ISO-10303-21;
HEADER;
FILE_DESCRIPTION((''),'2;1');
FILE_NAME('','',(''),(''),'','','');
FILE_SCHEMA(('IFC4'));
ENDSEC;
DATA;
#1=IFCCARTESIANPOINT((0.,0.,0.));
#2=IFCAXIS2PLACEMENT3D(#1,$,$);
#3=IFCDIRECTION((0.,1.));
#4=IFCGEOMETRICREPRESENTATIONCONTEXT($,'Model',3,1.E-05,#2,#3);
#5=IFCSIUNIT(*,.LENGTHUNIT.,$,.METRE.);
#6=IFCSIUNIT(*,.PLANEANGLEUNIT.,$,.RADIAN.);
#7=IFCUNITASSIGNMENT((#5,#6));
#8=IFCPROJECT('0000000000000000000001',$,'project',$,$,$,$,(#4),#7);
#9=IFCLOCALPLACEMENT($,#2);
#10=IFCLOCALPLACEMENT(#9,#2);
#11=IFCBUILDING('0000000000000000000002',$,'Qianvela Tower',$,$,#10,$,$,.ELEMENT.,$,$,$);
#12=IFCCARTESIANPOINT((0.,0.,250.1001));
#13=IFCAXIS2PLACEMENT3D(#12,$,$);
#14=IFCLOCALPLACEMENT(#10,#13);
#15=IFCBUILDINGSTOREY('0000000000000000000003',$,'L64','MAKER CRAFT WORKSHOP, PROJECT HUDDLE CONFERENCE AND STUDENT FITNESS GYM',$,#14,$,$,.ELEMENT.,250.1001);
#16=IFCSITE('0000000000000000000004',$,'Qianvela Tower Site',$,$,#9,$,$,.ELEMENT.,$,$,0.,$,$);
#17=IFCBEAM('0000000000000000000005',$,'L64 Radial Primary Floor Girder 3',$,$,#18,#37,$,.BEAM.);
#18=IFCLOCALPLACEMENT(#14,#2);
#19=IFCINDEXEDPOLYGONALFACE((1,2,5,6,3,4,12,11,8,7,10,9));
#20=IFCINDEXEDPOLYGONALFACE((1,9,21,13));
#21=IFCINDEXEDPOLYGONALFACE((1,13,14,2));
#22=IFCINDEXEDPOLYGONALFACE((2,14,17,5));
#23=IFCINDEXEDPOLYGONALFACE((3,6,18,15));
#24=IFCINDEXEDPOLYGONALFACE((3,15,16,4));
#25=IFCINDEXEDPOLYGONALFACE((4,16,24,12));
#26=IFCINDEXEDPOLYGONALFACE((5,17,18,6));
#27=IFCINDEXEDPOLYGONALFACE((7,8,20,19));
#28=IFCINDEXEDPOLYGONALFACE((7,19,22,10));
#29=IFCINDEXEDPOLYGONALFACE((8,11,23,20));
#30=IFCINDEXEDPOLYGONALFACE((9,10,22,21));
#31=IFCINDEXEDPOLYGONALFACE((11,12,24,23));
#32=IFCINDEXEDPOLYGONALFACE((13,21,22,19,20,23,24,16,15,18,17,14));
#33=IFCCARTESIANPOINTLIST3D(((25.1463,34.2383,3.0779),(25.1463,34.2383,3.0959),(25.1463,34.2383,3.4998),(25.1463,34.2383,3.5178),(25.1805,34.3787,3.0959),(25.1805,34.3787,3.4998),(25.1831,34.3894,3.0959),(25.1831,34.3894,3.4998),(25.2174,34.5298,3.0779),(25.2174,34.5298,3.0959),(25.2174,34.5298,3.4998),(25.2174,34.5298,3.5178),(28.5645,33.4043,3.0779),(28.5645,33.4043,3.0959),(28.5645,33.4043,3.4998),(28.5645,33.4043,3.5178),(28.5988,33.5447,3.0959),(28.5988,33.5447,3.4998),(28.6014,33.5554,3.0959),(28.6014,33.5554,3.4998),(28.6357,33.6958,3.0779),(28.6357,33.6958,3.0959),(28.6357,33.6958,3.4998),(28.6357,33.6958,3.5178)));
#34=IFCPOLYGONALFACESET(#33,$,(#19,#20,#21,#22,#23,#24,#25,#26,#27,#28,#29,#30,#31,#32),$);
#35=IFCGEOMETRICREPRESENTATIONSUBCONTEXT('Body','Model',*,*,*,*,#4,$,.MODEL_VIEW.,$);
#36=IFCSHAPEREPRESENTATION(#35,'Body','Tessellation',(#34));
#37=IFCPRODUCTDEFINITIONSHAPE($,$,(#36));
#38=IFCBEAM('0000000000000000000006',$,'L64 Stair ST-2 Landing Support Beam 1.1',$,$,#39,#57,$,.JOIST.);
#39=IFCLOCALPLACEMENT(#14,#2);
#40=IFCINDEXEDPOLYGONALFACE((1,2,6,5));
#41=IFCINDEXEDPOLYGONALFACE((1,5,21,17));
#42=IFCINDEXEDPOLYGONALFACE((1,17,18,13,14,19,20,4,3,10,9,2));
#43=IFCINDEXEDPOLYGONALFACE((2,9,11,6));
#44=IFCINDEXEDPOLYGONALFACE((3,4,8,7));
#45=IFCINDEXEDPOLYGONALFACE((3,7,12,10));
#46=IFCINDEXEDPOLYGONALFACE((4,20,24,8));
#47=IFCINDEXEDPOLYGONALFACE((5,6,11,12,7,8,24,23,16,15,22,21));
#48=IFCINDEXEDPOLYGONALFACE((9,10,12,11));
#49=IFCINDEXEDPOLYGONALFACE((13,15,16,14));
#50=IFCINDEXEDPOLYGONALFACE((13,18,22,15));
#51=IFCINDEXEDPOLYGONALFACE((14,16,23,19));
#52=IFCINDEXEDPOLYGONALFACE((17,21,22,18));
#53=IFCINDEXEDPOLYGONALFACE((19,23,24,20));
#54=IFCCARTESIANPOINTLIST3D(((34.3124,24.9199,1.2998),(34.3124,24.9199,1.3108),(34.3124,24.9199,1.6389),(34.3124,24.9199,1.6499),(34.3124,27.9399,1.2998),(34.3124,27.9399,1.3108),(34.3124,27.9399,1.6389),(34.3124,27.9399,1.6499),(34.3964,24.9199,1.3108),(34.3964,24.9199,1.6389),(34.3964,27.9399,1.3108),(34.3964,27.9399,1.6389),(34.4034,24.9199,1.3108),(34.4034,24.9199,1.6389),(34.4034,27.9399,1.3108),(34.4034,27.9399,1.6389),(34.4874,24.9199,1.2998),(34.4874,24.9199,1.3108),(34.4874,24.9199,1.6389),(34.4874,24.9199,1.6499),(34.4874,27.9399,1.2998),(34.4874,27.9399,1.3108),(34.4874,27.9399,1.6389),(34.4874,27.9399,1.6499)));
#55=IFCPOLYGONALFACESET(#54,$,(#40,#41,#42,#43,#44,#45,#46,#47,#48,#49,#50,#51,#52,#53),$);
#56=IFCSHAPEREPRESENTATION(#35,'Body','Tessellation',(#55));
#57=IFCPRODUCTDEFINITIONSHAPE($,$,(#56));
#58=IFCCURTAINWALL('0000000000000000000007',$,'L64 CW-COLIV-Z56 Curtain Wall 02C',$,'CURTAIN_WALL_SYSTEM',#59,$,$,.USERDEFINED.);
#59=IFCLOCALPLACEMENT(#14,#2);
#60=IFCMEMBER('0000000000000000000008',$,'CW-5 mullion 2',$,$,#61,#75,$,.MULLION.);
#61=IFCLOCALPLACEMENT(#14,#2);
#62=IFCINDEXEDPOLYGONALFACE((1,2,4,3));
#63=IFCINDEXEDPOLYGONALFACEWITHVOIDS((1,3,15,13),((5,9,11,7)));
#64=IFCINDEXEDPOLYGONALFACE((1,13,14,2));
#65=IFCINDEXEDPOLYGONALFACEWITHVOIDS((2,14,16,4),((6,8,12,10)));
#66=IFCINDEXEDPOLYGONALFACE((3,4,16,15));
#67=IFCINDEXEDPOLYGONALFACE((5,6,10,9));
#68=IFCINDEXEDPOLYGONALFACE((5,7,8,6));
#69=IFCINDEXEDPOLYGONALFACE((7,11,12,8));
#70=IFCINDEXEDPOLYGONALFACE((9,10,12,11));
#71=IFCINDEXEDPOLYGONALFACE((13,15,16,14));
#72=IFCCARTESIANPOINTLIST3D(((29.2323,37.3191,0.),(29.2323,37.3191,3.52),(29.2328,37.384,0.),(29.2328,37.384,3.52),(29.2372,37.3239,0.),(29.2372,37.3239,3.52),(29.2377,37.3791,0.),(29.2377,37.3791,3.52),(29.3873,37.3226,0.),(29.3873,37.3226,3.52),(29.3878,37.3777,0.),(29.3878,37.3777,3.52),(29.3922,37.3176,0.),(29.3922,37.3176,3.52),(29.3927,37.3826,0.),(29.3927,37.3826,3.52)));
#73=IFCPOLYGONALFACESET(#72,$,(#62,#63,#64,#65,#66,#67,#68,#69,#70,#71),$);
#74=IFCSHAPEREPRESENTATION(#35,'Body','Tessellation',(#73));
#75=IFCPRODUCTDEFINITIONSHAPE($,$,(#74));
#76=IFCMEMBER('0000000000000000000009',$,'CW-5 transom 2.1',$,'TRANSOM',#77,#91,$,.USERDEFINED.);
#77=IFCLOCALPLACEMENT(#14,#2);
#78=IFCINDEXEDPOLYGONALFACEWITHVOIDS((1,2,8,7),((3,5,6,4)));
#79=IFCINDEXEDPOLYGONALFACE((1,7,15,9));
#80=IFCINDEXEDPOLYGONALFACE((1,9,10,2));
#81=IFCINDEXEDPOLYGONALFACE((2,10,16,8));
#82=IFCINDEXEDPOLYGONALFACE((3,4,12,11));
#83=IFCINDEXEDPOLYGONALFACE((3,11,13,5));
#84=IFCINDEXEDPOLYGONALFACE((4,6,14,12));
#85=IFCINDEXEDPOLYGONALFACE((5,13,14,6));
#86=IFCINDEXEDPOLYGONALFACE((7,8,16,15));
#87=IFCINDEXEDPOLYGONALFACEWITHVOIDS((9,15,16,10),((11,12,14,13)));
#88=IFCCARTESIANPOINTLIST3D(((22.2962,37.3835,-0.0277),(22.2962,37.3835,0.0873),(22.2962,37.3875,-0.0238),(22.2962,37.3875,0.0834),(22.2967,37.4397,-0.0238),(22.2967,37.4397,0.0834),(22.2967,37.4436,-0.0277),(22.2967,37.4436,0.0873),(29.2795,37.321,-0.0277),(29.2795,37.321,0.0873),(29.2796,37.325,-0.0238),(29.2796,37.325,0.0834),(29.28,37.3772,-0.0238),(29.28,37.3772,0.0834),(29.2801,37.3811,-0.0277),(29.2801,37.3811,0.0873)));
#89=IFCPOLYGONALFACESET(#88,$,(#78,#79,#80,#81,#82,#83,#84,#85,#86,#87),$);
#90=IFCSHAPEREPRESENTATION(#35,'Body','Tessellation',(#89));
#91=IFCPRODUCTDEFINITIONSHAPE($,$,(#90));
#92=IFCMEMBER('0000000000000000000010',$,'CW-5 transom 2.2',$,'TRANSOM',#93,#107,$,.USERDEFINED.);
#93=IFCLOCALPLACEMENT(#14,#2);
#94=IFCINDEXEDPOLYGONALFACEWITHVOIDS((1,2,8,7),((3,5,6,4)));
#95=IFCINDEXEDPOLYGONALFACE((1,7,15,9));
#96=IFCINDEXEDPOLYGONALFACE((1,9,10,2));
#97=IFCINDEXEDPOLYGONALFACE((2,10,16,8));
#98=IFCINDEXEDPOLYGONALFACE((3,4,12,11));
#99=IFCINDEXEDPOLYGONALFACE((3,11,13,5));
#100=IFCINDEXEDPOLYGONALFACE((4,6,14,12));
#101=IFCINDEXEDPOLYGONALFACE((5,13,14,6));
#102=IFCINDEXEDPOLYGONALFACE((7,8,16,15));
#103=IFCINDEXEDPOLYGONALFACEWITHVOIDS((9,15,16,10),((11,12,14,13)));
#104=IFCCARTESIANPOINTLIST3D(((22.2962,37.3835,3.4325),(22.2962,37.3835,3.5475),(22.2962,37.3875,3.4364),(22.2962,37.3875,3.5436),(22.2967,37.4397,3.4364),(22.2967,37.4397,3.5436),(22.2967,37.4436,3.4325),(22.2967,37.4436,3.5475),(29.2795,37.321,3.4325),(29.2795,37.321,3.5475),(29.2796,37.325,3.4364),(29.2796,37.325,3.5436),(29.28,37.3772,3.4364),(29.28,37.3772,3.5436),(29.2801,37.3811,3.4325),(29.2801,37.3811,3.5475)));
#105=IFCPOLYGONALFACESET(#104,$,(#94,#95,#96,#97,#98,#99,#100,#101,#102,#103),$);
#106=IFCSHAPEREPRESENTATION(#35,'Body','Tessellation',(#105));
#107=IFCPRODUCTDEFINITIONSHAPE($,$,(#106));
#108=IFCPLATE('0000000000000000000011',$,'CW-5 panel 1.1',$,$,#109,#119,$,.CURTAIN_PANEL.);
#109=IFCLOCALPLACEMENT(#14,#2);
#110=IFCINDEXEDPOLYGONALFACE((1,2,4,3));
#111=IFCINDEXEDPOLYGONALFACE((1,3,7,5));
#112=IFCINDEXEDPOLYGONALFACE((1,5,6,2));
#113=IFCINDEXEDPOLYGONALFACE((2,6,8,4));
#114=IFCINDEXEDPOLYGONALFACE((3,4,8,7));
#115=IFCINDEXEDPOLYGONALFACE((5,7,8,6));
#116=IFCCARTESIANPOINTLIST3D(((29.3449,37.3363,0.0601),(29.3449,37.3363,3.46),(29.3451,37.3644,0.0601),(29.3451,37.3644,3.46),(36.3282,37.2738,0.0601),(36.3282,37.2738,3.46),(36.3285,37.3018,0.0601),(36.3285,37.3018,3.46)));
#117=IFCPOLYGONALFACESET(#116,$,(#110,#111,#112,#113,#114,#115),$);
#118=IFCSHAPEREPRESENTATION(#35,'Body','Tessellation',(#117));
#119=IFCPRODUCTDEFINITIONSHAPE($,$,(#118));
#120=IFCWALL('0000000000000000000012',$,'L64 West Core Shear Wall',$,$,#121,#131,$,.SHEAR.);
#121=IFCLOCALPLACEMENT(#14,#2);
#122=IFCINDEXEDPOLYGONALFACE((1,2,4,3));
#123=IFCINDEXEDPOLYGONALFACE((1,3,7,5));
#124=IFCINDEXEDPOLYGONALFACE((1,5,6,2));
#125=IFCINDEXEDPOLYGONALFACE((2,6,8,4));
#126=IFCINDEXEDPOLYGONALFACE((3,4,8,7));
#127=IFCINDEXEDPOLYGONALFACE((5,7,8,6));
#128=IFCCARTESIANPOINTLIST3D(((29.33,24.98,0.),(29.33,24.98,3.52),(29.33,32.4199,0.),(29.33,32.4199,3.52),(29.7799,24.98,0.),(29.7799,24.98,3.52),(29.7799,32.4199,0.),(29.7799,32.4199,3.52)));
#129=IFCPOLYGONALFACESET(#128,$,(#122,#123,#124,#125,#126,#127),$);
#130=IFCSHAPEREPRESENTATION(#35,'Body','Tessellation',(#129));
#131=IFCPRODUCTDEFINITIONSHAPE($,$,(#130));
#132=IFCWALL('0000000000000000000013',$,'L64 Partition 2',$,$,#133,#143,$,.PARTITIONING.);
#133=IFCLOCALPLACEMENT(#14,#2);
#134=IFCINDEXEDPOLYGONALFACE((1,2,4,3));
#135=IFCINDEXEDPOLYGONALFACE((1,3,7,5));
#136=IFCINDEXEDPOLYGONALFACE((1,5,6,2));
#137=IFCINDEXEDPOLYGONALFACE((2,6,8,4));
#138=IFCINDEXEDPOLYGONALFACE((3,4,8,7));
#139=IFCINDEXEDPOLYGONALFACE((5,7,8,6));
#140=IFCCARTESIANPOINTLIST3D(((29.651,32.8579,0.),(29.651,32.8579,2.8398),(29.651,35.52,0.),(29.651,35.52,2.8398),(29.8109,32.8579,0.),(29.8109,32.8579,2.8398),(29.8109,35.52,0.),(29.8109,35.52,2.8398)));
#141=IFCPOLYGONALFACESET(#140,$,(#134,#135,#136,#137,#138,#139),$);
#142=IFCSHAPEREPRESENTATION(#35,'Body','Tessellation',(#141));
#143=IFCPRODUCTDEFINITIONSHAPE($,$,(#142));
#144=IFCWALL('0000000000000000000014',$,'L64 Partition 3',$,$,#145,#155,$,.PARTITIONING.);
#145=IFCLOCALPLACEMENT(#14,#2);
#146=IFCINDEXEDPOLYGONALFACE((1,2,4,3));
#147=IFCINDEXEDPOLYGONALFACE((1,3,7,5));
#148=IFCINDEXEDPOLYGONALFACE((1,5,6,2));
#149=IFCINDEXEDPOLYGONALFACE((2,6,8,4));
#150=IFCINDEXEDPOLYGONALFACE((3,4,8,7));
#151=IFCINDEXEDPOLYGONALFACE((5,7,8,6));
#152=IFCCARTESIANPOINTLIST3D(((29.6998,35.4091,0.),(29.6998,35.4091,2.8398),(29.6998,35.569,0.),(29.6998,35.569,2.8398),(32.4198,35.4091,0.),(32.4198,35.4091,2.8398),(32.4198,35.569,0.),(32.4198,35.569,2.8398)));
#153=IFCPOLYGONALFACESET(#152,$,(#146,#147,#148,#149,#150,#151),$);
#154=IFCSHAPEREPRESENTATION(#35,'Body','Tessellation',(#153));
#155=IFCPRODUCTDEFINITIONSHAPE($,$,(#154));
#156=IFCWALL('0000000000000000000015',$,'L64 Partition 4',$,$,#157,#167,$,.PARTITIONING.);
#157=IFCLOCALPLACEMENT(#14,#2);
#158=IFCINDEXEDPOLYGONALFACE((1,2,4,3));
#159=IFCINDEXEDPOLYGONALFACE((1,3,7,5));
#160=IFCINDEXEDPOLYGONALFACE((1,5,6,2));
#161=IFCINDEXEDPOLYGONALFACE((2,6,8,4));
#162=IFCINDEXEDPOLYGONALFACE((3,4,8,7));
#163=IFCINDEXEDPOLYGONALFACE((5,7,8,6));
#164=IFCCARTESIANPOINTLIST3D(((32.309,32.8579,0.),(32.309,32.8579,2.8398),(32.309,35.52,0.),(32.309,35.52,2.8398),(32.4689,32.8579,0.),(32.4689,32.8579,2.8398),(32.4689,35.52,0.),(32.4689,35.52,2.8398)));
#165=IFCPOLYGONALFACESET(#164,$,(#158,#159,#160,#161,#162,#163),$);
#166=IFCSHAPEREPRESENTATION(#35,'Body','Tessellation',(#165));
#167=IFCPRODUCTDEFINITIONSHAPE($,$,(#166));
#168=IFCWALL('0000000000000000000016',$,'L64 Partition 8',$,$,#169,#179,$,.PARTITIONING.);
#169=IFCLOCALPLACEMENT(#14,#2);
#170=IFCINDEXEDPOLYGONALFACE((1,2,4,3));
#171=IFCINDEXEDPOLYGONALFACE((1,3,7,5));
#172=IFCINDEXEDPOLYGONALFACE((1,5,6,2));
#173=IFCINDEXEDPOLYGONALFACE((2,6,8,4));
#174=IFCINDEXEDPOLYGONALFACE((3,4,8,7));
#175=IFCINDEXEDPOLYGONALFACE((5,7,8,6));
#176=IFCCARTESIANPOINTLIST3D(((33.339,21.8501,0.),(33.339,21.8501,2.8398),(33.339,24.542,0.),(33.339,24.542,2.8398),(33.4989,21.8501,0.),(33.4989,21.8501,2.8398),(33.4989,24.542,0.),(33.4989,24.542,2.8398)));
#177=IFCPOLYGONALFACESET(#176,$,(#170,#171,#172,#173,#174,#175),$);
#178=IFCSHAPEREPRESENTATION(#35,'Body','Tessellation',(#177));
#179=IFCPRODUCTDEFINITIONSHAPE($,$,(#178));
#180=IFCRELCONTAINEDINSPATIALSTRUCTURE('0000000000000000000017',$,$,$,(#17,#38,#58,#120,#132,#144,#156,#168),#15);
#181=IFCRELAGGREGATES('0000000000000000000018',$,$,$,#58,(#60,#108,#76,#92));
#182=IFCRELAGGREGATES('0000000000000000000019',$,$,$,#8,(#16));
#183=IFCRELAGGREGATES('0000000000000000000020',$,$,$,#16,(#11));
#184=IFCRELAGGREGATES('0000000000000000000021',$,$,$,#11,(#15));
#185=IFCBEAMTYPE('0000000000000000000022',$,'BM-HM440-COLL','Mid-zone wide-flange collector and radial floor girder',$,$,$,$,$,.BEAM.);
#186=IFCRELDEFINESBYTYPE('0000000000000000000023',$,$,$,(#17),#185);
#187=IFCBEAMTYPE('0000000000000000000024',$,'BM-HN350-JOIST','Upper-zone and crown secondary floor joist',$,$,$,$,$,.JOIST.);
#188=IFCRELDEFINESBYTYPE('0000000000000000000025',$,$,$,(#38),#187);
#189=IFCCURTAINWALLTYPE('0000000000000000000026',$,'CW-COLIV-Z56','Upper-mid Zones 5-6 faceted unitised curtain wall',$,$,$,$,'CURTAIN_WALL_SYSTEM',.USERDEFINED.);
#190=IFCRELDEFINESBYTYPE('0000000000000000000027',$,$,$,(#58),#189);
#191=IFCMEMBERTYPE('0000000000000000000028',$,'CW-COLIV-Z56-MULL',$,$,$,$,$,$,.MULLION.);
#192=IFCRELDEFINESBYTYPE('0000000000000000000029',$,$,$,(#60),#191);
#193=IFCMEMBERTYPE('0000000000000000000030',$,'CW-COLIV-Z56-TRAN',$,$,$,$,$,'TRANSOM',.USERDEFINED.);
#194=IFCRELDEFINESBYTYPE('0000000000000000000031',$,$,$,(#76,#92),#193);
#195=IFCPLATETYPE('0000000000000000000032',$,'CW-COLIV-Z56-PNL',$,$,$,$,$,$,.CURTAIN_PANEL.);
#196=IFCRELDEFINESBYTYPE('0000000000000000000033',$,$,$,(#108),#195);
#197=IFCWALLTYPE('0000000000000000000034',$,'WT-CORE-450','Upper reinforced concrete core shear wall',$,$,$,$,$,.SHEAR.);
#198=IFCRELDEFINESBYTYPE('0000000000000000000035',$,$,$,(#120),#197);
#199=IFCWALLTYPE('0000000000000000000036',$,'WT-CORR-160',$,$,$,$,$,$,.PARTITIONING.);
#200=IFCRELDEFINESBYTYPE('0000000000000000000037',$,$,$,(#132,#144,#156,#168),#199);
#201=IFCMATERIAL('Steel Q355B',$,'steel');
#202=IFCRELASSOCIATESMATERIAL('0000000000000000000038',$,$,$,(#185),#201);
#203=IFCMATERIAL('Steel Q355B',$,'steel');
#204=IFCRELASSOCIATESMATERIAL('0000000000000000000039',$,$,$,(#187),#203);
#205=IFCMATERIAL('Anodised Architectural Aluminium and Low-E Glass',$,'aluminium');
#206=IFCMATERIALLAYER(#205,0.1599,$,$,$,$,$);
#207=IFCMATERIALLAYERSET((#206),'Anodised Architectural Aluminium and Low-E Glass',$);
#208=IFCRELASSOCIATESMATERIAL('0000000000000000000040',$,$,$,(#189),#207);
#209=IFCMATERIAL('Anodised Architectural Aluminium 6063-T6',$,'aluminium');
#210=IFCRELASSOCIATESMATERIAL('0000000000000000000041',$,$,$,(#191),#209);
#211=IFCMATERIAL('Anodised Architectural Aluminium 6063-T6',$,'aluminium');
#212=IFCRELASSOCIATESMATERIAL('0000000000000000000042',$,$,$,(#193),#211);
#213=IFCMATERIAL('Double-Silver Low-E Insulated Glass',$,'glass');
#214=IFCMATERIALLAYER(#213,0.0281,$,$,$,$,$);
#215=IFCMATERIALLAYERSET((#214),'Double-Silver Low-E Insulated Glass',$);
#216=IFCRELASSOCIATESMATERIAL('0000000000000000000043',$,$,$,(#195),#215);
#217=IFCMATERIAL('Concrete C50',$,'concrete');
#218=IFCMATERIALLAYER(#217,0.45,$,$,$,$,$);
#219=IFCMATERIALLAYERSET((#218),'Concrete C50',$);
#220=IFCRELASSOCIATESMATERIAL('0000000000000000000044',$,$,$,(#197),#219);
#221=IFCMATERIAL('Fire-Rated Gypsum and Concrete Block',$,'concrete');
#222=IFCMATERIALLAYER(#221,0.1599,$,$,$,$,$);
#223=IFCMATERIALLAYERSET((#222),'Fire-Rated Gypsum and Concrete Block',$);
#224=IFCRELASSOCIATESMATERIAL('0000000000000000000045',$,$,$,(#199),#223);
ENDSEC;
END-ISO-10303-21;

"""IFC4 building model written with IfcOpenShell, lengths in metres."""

from ifc_helpers import new_model, si_unit, direction, frame, frame_2d, origin, origin_2d, place, context, subcontext, project, spatial, rectangle, hollow_rectangle, i_section, extrude, material, layer, layer_set, material_profile, profile_set, type_object, element, aggregate, save


model = new_model("IFC4")

# Units and contexts
model_context = context("Model", 3, precision=1e-05, world=origin(), true_north=direction((0.0, 1.0)))
body_context = subcontext(model_context, "Body", "Model", "MODEL_VIEW")
ifc_project = project(units=[si_unit("LENGTHUNIT", "METRE"), si_unit("PLANEANGLEUNIT", "RADIAN")], contexts=[model_context])

# Site, building, storey
site_placement = place(None, origin())
site = spatial("IfcSite", under=ifc_project, at=site_placement, Name="Qianvela Tower Site", CompositionType="ELEMENT", RefElevation=0.0)
building_placement = place(site_placement, origin())
building = spatial("IfcBuilding", under=site, at=building_placement, Name="Qianvela Tower", CompositionType="ELEMENT")
storey_placement = place(building_placement, frame((0.0, 0.0, 250.1001)))
storey = spatial("IfcBuildingStorey", under=building, at=storey_placement, Name="L64", Description="MAKER CRAFT WORKSHOP, PROJECT HUDDLE CONFERENCE AND STUDENT FITNESS GYM", CompositionType="ELEMENT", Elevation=250.1001)

# Beams
ifc_material_1 = material(Name="Steel Q355B", Category="steel")
ifc_material_profile_1 = material_profile(ifc_material_1, i_section(OverallWidth=0.3, OverallDepth=0.4399, WebThickness=0.011, FlangeThickness=0.0181, at=origin_2d()), Name="HM440x300x11x18")
ifc_profile_set_1 = profile_set([ifc_material_profile_1], Name="Steel Q355B")
beam_type_1 = type_object("IfcBeamType", Name="BM-HM440-COLL", Description="Mid-zone wide-flange collector and radial floor girder", PredefinedType="BEAM", material=ifc_profile_set_1)
beam_1_placement = place(storey_placement, frame((28.6001, 33.55, 3.2979), z_axis=(-0.971502, 0.23703, 0.0), x_axis=(-0.23703, -0.971502, 0.0)))
element("IfcBeam", 1, at=beam_1_placement, inside=storey, type_object=beam_type_1, Name="L64 Radial Primary Floor Girder 3", PredefinedType="BEAM", context=body_context, shape_type="SweptSolid", body=[
    extrude(i_section(OverallWidth=0.3, OverallDepth=0.4399, WebThickness=0.011, FlangeThickness=0.0181, at=origin_2d()), origin(), (0.0, 0.0, 1.0), 3.5186),
])
ifc_material_2 = material(Name="Steel Q355B", Category="steel")
ifc_material_profile_2 = material_profile(ifc_material_2, i_section(OverallWidth=0.175, OverallDepth=0.3501, WebThickness=0.0071, FlangeThickness=0.011, at=origin_2d()), Name="HN350x175x7x11")
ifc_profile_set_2 = profile_set([ifc_material_profile_2], Name="Steel Q355B")
beam_type_2 = type_object("IfcBeamType", Name="BM-HN350-JOIST", Description="Upper-zone and crown secondary floor joist", PredefinedType="JOIST", material=ifc_profile_set_2)
beam_2_placement = place(storey_placement, frame((34.3999, 24.9199, 1.4749), z_axis=(0.0, 1.0, 0.0), x_axis=(-1.0, 0.0, 0.0)))
element("IfcBeam", 2, at=beam_2_placement, inside=storey, type_object=beam_type_2, Name="L64 Stair ST-2 Landing Support Beam 1.1", PredefinedType="JOIST", context=body_context, shape_type="SweptSolid", body=[
    extrude(i_section(OverallWidth=0.175, OverallDepth=0.3501, WebThickness=0.0071, FlangeThickness=0.011, at=origin_2d()), origin(), (0.0, 0.0, 1.0), 3.02),
])

# Curtain wall, members, plate
ifc_material_3 = material(Name="Anodised Architectural Aluminium and Low-E Glass", Category="aluminium")
ifc_layer_1 = layer(ifc_material_3, 0.1599)
ifc_layer_set_1 = layer_set([ifc_layer_1], Name="Anodised Architectural Aluminium and Low-E Glass")
curtain_wall_type = type_object("IfcCurtainWallType", Name="CW-COLIV-Z56", Description="Upper-mid Zones 5-6 faceted unitised curtain wall", ElementType="CURTAIN_WALL_SYSTEM", PredefinedType="USERDEFINED", material=ifc_layer_set_1)
curtain_wall_placement = place(storey_placement, origin())
curtain_wall = element("IfcCurtainWall", 3, at=curtain_wall_placement, inside=storey, type_object=curtain_wall_type, Name="L64 CW-COLIV-Z56 Curtain Wall 02C", ObjectType="CURTAIN_WALL_SYSTEM", PredefinedType="USERDEFINED")
ifc_material_4 = material(Name="Anodised Architectural Aluminium 6063-T6", Category="aluminium")
ifc_material_profile_3 = material_profile(ifc_material_4, hollow_rectangle(XDim=0.0649, YDim=0.1599, WallThickness=0.0049, at=origin_2d()), Name="ALU-MULL-65x160")
ifc_profile_set_3 = profile_set([ifc_material_profile_3], Name="Anodised Architectural Aluminium 6063-T6")
member_type_1 = type_object("IfcMemberType", Name="CW-COLIV-Z56-MULL", PredefinedType="MULLION", material=ifc_profile_set_3)
member_1_placement = place(storey_placement, frame((29.3125, 37.3508, 0.0), z_axis=(0.0, 0.0, 1.0), x_axis=(-0.00896, -0.99996, 0.0)))
member_1 = element("IfcMember", 4, at=member_1_placement, type_object=member_type_1, Name="CW-5 mullion 2", PredefinedType="MULLION", context=body_context, shape_type="SweptSolid", body=[
    extrude(hollow_rectangle(XDim=0.0649, YDim=0.1599, WallThickness=0.0049, at=origin_2d()), origin(), (0.0, 0.0, 1.0), 3.52),
])
ifc_material_5 = material(Name="Anodised Architectural Aluminium 6063-T6", Category="aluminium")
ifc_material_profile_4 = material_profile(ifc_material_5, hollow_rectangle(XDim=0.0601, YDim=0.115, WallThickness=0.0039, at=origin_2d()), Name="ALU-TRAN-60x115")
ifc_profile_set_4 = profile_set([ifc_material_profile_4], Name="Anodised Architectural Aluminium 6063-T6")
member_type_2 = type_object("IfcMemberType", Name="CW-COLIV-Z56-TRAN", ElementType="TRANSOM", PredefinedType="USERDEFINED", material=ifc_profile_set_4)
member_2_placement = place(storey_placement, frame((29.2798, 37.3511, 0.0298), z_axis=(-0.99996, 0.008949, 0.0), x_axis=(-0.008949, -0.99996, 0.0)))
member_2 = element("IfcMember", 5, at=member_2_placement, type_object=member_type_2, Name="CW-5 transom 2.1", ObjectType="TRANSOM", PredefinedType="USERDEFINED", context=body_context, shape_type="SweptSolid", body=[
    extrude(hollow_rectangle(XDim=0.0601, YDim=0.115, WallThickness=0.0039, at=origin_2d()), origin(), (0.0, 0.0, 1.0), 6.9836),
])
member_3_placement = place(storey_placement, frame((29.2798, 37.3511, 3.49), z_axis=(-0.99996, 0.008949, 0.0), x_axis=(-0.008949, -0.99996, 0.0)))
member_3 = element("IfcMember", 6, at=member_3_placement, type_object=member_type_2, Name="CW-5 transom 2.2", ObjectType="TRANSOM", PredefinedType="USERDEFINED", context=body_context, shape_type="SweptSolid", body=[
    extrude(hollow_rectangle(XDim=0.0601, YDim=0.115, WallThickness=0.0039, at=origin_2d()), origin(), (0.0, 0.0, 1.0), 6.9836),
])
ifc_material_6 = material(Name="Double-Silver Low-E Insulated Glass", Category="glass")
ifc_layer_2 = layer(ifc_material_6, 0.0281)
ifc_layer_set_2 = layer_set([ifc_layer_2], Name="Double-Silver Low-E Insulated Glass")
plate_type = type_object("IfcPlateType", Name="CW-COLIV-Z56-PNL", PredefinedType="CURTAIN_PANEL", material=ifc_layer_set_2)
plate_placement = place(storey_placement, frame((32.8367, 37.3191, 0.0601), z_axis=(0.0, 0.0, 1.0), x_axis=(-0.99996, 0.00896, 0.0)))
plate = element("IfcPlate", 7, at=plate_placement, type_object=plate_type, Name="CW-5 panel 1.1", PredefinedType="CURTAIN_PANEL", context=body_context, shape_type="SweptSolid", body=[
    extrude(rectangle(XDim=6.9836, YDim=0.0281, at=origin_2d()), origin(), (0.0, 0.0, 1.0), 3.3999),
])
aggregate(curtain_wall, [member_1, plate, member_2, member_3])

# Shared definitions
ifc_material_7 = material(Name="Concrete C50", Category="concrete")
ifc_layer_3 = layer(ifc_material_7, 0.45)
ifc_layer_set_3 = layer_set([ifc_layer_3], Name="Concrete C50")
wall_type_1 = type_object("IfcWallType", Name="WT-CORE-450", Description="Upper reinforced concrete core shear wall", PredefinedType="SHEAR", material=ifc_layer_set_3)

# Walls
wall_1_placement = place(storey_placement, frame((29.5549, 24.98, 0.0), z_axis=(0.0, 0.0, 1.0), x_axis=(0.0, 1.0, 0.0)))
element("IfcWall", 8, at=wall_1_placement, inside=storey, type_object=wall_type_1, Name="L64 West Core Shear Wall", PredefinedType="SHEAR", context=body_context, shape_type="SweptSolid", body=[
    extrude(rectangle(XDim=7.4399, YDim=0.45, at=frame_2d((3.72, 0.0))), origin(), (0.0, 0.0, 1.0), 3.52),
])
ifc_material_8 = material(Name="Fire-Rated Gypsum and Concrete Block", Category="concrete")
ifc_layer_4 = layer(ifc_material_8, 0.1599)
ifc_layer_set_4 = layer_set([ifc_layer_4], Name="Fire-Rated Gypsum and Concrete Block")
wall_type_2 = type_object("IfcWallType", Name="WT-CORR-160", PredefinedType="PARTITIONING", material=ifc_layer_set_4)
wall_2_placement = place(storey_placement, frame((29.731, 32.8579, 0.0), z_axis=(0.0, 0.0, 1.0), x_axis=(0.0, 1.0, 0.0)))
element("IfcWall", 9, at=wall_2_placement, inside=storey, type_object=wall_type_2, Name="L64 Partition 2", PredefinedType="PARTITIONING", context=body_context, shape_type="SweptSolid", body=[
    extrude(rectangle(XDim=2.6621, YDim=0.1599, at=frame_2d((1.3311, 0.0))), origin(), (0.0, 0.0, 1.0), 2.8398),
])
wall_3_placement = place(storey_placement, frame((29.7, 35.489, 0.0), z_axis=(0.0, 0.0, 1.0), x_axis=(1.0, 0.0, 0.0)))
element("IfcWall", 10, at=wall_3_placement, inside=storey, type_object=wall_type_2, Name="L64 Partition 3", PredefinedType="PARTITIONING", context=body_context, shape_type="SweptSolid", body=[
    extrude(rectangle(XDim=2.72, YDim=0.1599, at=frame_2d((1.3599, 0.0))), origin(), (0.0, 0.0, 1.0), 2.8398),
])
wall_4_placement = place(storey_placement, frame((32.3889, 35.52, 0.0), z_axis=(0.0, 0.0, 1.0), x_axis=(0.0, -1.0, 0.0)))
element("IfcWall", 11, at=wall_4_placement, inside=storey, type_object=wall_type_2, Name="L64 Partition 4", PredefinedType="PARTITIONING", context=body_context, shape_type="SweptSolid", body=[
    extrude(rectangle(XDim=2.6621, YDim=0.1599, at=frame_2d((1.3311, 0.0))), origin(), (0.0, 0.0, 1.0), 2.8398),
])
wall_5_placement = place(storey_placement, frame((33.4189, 24.542, 0.0), z_axis=(0.0, 0.0, 1.0), x_axis=(0.0, -1.0, 0.0)))
element("IfcWall", 12, at=wall_5_placement, inside=storey, type_object=wall_type_2, Name="L64 Partition 8", PredefinedType="PARTITIONING", context=body_context, shape_type="SweptSolid", body=[
    extrude(rectangle(XDim=2.6919, YDim=0.1599, at=frame_2d((1.3459, 0.0))), origin(), (0.0, 0.0, 1.0), 2.8398),
])

save(model, "model.ifc")
